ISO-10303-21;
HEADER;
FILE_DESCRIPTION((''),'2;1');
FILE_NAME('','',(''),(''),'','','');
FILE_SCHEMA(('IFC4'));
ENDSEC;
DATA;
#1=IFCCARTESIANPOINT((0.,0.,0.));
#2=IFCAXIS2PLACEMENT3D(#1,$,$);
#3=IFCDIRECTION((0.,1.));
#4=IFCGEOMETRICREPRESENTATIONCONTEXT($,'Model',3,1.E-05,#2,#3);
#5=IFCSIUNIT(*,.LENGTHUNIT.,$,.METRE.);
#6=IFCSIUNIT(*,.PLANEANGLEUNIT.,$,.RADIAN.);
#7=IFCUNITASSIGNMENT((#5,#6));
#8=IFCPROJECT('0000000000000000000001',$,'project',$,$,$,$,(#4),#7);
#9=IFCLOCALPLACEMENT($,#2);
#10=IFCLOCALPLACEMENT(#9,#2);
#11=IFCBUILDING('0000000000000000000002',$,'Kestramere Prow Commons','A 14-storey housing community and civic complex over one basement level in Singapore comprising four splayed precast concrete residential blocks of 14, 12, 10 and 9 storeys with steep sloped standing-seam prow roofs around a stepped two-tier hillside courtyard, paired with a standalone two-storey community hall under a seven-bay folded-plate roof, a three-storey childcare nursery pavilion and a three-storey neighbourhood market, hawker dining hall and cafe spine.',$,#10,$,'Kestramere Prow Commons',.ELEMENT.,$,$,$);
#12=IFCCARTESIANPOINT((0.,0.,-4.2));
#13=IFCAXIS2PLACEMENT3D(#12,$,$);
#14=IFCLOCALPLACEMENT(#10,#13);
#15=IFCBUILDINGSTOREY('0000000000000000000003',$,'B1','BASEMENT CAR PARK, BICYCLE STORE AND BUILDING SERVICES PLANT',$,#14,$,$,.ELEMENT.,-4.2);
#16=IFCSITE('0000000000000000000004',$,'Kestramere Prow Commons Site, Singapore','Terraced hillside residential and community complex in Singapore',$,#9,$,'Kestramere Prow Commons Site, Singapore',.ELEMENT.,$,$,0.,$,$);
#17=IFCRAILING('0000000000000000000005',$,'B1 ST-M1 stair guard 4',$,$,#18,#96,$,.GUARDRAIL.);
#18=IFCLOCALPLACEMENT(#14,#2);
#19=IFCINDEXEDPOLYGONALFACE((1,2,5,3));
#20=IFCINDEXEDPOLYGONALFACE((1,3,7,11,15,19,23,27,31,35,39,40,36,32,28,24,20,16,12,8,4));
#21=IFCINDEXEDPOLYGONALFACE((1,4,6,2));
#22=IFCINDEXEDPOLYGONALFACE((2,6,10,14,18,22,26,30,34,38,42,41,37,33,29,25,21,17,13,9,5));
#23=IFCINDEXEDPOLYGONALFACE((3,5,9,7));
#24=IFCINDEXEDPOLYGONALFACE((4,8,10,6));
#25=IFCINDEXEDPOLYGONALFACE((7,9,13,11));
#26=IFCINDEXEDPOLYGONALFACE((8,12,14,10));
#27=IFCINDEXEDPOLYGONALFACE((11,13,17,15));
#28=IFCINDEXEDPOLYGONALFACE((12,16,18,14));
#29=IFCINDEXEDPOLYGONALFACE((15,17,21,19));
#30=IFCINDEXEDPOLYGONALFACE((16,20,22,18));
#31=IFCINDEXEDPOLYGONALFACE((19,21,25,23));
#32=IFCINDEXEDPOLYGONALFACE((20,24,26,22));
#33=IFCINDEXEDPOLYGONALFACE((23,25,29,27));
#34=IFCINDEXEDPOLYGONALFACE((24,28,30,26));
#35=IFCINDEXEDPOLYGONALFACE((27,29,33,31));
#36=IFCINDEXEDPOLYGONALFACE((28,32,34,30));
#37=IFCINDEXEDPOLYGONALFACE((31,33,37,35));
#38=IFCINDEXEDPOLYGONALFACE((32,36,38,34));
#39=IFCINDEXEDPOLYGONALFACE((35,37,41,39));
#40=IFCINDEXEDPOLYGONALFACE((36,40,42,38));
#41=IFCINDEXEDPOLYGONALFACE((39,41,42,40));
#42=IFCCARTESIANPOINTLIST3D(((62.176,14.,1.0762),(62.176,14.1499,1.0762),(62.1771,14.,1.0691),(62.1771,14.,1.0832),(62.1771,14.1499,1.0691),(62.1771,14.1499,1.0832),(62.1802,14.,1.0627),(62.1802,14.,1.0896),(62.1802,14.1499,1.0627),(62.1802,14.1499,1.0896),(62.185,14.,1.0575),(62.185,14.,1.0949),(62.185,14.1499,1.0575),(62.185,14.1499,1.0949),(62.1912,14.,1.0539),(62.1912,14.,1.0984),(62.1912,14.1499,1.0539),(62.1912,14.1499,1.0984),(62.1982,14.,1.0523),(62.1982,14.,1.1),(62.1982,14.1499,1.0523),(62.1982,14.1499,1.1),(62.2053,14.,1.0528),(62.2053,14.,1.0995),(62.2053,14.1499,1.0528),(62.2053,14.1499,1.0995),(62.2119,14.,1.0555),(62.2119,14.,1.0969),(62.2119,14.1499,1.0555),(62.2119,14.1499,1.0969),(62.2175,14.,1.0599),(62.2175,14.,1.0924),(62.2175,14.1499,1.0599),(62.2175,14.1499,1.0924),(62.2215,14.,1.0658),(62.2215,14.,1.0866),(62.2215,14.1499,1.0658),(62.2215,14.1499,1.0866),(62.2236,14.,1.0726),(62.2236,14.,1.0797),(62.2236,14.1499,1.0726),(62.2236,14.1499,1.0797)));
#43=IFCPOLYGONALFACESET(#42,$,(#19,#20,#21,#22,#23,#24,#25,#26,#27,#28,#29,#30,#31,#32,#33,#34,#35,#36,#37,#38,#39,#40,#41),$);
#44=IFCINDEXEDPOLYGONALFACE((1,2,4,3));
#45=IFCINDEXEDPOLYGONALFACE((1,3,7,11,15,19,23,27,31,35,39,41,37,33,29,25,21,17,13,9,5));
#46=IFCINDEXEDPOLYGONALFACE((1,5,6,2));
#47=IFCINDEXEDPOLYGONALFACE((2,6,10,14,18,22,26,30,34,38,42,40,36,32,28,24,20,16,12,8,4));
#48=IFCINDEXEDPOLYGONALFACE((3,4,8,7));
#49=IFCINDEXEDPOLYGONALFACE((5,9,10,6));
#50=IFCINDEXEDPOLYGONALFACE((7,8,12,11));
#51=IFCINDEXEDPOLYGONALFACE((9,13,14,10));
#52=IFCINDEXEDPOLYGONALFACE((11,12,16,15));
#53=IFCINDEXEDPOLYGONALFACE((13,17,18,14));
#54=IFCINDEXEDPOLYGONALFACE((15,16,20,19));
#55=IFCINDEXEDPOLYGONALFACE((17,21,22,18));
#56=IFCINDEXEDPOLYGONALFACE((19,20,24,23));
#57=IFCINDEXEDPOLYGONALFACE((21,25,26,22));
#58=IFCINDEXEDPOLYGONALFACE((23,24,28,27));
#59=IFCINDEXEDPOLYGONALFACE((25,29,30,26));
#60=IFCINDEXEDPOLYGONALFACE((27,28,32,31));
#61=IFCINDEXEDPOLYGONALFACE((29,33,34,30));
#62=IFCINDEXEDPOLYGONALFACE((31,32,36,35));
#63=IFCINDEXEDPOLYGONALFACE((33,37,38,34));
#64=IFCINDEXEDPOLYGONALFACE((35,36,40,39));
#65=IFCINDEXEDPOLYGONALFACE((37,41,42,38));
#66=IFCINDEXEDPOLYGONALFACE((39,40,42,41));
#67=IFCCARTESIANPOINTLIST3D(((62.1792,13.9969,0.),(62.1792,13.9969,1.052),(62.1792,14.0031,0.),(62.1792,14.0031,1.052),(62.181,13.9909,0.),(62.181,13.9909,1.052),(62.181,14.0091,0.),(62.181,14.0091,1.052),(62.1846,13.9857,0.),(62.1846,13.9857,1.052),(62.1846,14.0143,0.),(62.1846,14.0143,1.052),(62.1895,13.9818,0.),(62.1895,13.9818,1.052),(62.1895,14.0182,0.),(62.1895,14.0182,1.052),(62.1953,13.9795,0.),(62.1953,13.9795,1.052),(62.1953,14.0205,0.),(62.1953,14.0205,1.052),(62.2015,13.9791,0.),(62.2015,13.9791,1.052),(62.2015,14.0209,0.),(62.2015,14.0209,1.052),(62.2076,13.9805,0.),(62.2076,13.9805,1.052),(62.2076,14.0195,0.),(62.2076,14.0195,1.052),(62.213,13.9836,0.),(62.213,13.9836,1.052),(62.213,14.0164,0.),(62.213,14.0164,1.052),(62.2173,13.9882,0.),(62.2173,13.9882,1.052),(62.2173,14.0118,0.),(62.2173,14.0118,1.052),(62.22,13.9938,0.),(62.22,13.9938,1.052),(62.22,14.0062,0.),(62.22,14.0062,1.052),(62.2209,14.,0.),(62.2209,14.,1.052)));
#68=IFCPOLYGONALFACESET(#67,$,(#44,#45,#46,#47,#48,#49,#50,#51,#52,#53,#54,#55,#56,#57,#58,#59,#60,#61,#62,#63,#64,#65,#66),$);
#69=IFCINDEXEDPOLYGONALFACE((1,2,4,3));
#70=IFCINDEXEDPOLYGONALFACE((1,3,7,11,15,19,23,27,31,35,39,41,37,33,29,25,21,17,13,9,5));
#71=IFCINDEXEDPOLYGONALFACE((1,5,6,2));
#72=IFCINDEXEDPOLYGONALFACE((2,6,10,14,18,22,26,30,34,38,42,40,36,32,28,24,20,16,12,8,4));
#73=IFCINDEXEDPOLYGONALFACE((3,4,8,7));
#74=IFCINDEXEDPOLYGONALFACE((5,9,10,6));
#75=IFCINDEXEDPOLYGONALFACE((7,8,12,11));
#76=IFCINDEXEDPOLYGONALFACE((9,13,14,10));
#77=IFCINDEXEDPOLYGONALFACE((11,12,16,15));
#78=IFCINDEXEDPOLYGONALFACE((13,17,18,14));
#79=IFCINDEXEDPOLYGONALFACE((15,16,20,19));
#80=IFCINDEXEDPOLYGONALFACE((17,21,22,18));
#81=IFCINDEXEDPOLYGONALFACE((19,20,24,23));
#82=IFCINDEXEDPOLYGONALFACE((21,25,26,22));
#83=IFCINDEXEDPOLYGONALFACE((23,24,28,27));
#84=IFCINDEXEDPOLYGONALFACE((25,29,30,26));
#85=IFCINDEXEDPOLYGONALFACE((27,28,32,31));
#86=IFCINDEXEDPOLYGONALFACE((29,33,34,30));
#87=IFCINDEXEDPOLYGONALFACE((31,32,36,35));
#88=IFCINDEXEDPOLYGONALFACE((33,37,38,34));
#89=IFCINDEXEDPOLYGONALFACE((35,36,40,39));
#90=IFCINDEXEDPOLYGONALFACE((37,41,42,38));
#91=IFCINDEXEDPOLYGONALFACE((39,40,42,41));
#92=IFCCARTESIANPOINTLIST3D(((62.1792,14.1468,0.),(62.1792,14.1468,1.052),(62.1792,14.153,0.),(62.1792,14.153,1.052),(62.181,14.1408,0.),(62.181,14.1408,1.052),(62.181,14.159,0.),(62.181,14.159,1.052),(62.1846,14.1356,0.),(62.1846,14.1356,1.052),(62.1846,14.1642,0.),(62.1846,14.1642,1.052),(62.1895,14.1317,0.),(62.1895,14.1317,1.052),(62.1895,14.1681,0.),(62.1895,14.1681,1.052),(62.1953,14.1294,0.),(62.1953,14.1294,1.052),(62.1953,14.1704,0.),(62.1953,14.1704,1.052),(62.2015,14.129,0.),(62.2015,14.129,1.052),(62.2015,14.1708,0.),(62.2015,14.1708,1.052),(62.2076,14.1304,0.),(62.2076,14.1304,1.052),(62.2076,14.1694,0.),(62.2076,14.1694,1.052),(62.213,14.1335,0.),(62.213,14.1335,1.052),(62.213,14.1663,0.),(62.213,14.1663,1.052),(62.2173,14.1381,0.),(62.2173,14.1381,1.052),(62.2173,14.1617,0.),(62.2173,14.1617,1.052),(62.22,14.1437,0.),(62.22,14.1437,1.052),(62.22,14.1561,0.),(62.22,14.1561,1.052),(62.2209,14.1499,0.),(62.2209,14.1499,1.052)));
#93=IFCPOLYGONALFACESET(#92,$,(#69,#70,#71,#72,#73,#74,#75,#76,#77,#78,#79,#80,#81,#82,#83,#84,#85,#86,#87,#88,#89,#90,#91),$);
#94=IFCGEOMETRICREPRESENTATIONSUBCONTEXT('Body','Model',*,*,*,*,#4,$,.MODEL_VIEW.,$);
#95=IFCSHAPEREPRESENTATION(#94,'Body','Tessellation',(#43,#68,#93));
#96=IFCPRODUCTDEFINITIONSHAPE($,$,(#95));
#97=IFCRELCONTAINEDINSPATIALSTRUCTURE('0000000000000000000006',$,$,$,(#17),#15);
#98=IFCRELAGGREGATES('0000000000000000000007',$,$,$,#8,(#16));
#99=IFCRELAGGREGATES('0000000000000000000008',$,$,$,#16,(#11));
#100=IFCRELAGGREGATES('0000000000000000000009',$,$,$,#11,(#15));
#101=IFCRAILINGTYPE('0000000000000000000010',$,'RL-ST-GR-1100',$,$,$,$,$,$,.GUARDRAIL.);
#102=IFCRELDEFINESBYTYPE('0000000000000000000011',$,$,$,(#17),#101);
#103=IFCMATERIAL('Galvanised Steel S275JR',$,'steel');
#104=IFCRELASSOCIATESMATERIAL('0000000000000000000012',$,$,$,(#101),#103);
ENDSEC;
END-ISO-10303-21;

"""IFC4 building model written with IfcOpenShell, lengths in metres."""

from ifc_helpers import new_model, si_unit, direction, frame, origin, origin_2d, place, context, subcontext, project, spatial, circle, extrude, material, type_object, element, save


model = new_model("IFC4")

# Units and contexts
model_context = context("Model", 3, precision=1e-05, world=origin(), true_north=direction((0.0, 1.0)))
body_context = subcontext(model_context, "Body", "Model", "MODEL_VIEW")
ifc_project = project(units=[si_unit("LENGTHUNIT", "METRE"), si_unit("PLANEANGLEUNIT", "RADIAN")], contexts=[model_context])

# Site, building, storey
site_placement = place(None, origin())
site = spatial("IfcSite", under=ifc_project, at=site_placement, Name="Kestramere Prow Commons Site, Singapore", Description="Terraced hillside residential and community complex in Singapore", LongName="Kestramere Prow Commons Site, Singapore", CompositionType="ELEMENT", RefElevation=0.0)
building_placement = place(site_placement, origin())
building = spatial("IfcBuilding", under=site, at=building_placement, Name="Kestramere Prow Commons", Description="A 14-storey housing community and civic complex over one basement level in Singapore comprising four splayed precast concrete residential blocks of 14, 12, 10 and 9 storeys with steep sloped standing-seam prow roofs around a stepped two-tier hillside courtyard, paired with a standalone two-storey community hall under a seven-bay folded-plate roof, a three-storey childcare nursery pavilion and a three-storey neighbourhood market, hawker dining hall and cafe spine.", LongName="Kestramere Prow Commons", CompositionType="ELEMENT")
storey_placement = place(building_placement, frame((0.0, 0.0, -4.2)))
storey = spatial("IfcBuildingStorey", under=building, at=storey_placement, Name="B1", Description="BASEMENT CAR PARK, BICYCLE STORE AND BUILDING SERVICES PLANT", CompositionType="ELEMENT", Elevation=-4.2)

# Railing
ifc_material_1 = material(Name="Galvanised Steel S275JR", Category="steel")
railing_type_1 = type_object("IfcRailingType", Name="RL-ST-GR-1100", PredefinedType="GUARDRAIL", material=ifc_material_1)
railing_1_placement = place(storey_placement, frame((62.2, 14.0, 0.0)))
element("IfcRailing", 1, at=railing_1_placement, inside=storey, type_object=railing_type_1, Name="B1 ST-M1 stair guard 4", PredefinedType="GUARDRAIL", context=body_context, shape_type="SweptSolid", body=[
    extrude(circle(Radius=0.0239, at=origin_2d()), frame((0.0, 0.0, 1.0762), z_axis=(0.0, 1.0, 0.0), x_axis=(-1.0, 0.0, 0.0)), (0.0, 0.0, 1.0), 0.1499),
    extrude(circle(Radius=0.021, at=origin_2d()), origin(), (0.0, 0.0, 1.0), 1.052),
    extrude(circle(Radius=0.021, at=origin_2d()), frame((0.0, 0.1499, 0.0)), (0.0, 0.0, 1.0), 1.052),
])

save(model, "model.ifc")
